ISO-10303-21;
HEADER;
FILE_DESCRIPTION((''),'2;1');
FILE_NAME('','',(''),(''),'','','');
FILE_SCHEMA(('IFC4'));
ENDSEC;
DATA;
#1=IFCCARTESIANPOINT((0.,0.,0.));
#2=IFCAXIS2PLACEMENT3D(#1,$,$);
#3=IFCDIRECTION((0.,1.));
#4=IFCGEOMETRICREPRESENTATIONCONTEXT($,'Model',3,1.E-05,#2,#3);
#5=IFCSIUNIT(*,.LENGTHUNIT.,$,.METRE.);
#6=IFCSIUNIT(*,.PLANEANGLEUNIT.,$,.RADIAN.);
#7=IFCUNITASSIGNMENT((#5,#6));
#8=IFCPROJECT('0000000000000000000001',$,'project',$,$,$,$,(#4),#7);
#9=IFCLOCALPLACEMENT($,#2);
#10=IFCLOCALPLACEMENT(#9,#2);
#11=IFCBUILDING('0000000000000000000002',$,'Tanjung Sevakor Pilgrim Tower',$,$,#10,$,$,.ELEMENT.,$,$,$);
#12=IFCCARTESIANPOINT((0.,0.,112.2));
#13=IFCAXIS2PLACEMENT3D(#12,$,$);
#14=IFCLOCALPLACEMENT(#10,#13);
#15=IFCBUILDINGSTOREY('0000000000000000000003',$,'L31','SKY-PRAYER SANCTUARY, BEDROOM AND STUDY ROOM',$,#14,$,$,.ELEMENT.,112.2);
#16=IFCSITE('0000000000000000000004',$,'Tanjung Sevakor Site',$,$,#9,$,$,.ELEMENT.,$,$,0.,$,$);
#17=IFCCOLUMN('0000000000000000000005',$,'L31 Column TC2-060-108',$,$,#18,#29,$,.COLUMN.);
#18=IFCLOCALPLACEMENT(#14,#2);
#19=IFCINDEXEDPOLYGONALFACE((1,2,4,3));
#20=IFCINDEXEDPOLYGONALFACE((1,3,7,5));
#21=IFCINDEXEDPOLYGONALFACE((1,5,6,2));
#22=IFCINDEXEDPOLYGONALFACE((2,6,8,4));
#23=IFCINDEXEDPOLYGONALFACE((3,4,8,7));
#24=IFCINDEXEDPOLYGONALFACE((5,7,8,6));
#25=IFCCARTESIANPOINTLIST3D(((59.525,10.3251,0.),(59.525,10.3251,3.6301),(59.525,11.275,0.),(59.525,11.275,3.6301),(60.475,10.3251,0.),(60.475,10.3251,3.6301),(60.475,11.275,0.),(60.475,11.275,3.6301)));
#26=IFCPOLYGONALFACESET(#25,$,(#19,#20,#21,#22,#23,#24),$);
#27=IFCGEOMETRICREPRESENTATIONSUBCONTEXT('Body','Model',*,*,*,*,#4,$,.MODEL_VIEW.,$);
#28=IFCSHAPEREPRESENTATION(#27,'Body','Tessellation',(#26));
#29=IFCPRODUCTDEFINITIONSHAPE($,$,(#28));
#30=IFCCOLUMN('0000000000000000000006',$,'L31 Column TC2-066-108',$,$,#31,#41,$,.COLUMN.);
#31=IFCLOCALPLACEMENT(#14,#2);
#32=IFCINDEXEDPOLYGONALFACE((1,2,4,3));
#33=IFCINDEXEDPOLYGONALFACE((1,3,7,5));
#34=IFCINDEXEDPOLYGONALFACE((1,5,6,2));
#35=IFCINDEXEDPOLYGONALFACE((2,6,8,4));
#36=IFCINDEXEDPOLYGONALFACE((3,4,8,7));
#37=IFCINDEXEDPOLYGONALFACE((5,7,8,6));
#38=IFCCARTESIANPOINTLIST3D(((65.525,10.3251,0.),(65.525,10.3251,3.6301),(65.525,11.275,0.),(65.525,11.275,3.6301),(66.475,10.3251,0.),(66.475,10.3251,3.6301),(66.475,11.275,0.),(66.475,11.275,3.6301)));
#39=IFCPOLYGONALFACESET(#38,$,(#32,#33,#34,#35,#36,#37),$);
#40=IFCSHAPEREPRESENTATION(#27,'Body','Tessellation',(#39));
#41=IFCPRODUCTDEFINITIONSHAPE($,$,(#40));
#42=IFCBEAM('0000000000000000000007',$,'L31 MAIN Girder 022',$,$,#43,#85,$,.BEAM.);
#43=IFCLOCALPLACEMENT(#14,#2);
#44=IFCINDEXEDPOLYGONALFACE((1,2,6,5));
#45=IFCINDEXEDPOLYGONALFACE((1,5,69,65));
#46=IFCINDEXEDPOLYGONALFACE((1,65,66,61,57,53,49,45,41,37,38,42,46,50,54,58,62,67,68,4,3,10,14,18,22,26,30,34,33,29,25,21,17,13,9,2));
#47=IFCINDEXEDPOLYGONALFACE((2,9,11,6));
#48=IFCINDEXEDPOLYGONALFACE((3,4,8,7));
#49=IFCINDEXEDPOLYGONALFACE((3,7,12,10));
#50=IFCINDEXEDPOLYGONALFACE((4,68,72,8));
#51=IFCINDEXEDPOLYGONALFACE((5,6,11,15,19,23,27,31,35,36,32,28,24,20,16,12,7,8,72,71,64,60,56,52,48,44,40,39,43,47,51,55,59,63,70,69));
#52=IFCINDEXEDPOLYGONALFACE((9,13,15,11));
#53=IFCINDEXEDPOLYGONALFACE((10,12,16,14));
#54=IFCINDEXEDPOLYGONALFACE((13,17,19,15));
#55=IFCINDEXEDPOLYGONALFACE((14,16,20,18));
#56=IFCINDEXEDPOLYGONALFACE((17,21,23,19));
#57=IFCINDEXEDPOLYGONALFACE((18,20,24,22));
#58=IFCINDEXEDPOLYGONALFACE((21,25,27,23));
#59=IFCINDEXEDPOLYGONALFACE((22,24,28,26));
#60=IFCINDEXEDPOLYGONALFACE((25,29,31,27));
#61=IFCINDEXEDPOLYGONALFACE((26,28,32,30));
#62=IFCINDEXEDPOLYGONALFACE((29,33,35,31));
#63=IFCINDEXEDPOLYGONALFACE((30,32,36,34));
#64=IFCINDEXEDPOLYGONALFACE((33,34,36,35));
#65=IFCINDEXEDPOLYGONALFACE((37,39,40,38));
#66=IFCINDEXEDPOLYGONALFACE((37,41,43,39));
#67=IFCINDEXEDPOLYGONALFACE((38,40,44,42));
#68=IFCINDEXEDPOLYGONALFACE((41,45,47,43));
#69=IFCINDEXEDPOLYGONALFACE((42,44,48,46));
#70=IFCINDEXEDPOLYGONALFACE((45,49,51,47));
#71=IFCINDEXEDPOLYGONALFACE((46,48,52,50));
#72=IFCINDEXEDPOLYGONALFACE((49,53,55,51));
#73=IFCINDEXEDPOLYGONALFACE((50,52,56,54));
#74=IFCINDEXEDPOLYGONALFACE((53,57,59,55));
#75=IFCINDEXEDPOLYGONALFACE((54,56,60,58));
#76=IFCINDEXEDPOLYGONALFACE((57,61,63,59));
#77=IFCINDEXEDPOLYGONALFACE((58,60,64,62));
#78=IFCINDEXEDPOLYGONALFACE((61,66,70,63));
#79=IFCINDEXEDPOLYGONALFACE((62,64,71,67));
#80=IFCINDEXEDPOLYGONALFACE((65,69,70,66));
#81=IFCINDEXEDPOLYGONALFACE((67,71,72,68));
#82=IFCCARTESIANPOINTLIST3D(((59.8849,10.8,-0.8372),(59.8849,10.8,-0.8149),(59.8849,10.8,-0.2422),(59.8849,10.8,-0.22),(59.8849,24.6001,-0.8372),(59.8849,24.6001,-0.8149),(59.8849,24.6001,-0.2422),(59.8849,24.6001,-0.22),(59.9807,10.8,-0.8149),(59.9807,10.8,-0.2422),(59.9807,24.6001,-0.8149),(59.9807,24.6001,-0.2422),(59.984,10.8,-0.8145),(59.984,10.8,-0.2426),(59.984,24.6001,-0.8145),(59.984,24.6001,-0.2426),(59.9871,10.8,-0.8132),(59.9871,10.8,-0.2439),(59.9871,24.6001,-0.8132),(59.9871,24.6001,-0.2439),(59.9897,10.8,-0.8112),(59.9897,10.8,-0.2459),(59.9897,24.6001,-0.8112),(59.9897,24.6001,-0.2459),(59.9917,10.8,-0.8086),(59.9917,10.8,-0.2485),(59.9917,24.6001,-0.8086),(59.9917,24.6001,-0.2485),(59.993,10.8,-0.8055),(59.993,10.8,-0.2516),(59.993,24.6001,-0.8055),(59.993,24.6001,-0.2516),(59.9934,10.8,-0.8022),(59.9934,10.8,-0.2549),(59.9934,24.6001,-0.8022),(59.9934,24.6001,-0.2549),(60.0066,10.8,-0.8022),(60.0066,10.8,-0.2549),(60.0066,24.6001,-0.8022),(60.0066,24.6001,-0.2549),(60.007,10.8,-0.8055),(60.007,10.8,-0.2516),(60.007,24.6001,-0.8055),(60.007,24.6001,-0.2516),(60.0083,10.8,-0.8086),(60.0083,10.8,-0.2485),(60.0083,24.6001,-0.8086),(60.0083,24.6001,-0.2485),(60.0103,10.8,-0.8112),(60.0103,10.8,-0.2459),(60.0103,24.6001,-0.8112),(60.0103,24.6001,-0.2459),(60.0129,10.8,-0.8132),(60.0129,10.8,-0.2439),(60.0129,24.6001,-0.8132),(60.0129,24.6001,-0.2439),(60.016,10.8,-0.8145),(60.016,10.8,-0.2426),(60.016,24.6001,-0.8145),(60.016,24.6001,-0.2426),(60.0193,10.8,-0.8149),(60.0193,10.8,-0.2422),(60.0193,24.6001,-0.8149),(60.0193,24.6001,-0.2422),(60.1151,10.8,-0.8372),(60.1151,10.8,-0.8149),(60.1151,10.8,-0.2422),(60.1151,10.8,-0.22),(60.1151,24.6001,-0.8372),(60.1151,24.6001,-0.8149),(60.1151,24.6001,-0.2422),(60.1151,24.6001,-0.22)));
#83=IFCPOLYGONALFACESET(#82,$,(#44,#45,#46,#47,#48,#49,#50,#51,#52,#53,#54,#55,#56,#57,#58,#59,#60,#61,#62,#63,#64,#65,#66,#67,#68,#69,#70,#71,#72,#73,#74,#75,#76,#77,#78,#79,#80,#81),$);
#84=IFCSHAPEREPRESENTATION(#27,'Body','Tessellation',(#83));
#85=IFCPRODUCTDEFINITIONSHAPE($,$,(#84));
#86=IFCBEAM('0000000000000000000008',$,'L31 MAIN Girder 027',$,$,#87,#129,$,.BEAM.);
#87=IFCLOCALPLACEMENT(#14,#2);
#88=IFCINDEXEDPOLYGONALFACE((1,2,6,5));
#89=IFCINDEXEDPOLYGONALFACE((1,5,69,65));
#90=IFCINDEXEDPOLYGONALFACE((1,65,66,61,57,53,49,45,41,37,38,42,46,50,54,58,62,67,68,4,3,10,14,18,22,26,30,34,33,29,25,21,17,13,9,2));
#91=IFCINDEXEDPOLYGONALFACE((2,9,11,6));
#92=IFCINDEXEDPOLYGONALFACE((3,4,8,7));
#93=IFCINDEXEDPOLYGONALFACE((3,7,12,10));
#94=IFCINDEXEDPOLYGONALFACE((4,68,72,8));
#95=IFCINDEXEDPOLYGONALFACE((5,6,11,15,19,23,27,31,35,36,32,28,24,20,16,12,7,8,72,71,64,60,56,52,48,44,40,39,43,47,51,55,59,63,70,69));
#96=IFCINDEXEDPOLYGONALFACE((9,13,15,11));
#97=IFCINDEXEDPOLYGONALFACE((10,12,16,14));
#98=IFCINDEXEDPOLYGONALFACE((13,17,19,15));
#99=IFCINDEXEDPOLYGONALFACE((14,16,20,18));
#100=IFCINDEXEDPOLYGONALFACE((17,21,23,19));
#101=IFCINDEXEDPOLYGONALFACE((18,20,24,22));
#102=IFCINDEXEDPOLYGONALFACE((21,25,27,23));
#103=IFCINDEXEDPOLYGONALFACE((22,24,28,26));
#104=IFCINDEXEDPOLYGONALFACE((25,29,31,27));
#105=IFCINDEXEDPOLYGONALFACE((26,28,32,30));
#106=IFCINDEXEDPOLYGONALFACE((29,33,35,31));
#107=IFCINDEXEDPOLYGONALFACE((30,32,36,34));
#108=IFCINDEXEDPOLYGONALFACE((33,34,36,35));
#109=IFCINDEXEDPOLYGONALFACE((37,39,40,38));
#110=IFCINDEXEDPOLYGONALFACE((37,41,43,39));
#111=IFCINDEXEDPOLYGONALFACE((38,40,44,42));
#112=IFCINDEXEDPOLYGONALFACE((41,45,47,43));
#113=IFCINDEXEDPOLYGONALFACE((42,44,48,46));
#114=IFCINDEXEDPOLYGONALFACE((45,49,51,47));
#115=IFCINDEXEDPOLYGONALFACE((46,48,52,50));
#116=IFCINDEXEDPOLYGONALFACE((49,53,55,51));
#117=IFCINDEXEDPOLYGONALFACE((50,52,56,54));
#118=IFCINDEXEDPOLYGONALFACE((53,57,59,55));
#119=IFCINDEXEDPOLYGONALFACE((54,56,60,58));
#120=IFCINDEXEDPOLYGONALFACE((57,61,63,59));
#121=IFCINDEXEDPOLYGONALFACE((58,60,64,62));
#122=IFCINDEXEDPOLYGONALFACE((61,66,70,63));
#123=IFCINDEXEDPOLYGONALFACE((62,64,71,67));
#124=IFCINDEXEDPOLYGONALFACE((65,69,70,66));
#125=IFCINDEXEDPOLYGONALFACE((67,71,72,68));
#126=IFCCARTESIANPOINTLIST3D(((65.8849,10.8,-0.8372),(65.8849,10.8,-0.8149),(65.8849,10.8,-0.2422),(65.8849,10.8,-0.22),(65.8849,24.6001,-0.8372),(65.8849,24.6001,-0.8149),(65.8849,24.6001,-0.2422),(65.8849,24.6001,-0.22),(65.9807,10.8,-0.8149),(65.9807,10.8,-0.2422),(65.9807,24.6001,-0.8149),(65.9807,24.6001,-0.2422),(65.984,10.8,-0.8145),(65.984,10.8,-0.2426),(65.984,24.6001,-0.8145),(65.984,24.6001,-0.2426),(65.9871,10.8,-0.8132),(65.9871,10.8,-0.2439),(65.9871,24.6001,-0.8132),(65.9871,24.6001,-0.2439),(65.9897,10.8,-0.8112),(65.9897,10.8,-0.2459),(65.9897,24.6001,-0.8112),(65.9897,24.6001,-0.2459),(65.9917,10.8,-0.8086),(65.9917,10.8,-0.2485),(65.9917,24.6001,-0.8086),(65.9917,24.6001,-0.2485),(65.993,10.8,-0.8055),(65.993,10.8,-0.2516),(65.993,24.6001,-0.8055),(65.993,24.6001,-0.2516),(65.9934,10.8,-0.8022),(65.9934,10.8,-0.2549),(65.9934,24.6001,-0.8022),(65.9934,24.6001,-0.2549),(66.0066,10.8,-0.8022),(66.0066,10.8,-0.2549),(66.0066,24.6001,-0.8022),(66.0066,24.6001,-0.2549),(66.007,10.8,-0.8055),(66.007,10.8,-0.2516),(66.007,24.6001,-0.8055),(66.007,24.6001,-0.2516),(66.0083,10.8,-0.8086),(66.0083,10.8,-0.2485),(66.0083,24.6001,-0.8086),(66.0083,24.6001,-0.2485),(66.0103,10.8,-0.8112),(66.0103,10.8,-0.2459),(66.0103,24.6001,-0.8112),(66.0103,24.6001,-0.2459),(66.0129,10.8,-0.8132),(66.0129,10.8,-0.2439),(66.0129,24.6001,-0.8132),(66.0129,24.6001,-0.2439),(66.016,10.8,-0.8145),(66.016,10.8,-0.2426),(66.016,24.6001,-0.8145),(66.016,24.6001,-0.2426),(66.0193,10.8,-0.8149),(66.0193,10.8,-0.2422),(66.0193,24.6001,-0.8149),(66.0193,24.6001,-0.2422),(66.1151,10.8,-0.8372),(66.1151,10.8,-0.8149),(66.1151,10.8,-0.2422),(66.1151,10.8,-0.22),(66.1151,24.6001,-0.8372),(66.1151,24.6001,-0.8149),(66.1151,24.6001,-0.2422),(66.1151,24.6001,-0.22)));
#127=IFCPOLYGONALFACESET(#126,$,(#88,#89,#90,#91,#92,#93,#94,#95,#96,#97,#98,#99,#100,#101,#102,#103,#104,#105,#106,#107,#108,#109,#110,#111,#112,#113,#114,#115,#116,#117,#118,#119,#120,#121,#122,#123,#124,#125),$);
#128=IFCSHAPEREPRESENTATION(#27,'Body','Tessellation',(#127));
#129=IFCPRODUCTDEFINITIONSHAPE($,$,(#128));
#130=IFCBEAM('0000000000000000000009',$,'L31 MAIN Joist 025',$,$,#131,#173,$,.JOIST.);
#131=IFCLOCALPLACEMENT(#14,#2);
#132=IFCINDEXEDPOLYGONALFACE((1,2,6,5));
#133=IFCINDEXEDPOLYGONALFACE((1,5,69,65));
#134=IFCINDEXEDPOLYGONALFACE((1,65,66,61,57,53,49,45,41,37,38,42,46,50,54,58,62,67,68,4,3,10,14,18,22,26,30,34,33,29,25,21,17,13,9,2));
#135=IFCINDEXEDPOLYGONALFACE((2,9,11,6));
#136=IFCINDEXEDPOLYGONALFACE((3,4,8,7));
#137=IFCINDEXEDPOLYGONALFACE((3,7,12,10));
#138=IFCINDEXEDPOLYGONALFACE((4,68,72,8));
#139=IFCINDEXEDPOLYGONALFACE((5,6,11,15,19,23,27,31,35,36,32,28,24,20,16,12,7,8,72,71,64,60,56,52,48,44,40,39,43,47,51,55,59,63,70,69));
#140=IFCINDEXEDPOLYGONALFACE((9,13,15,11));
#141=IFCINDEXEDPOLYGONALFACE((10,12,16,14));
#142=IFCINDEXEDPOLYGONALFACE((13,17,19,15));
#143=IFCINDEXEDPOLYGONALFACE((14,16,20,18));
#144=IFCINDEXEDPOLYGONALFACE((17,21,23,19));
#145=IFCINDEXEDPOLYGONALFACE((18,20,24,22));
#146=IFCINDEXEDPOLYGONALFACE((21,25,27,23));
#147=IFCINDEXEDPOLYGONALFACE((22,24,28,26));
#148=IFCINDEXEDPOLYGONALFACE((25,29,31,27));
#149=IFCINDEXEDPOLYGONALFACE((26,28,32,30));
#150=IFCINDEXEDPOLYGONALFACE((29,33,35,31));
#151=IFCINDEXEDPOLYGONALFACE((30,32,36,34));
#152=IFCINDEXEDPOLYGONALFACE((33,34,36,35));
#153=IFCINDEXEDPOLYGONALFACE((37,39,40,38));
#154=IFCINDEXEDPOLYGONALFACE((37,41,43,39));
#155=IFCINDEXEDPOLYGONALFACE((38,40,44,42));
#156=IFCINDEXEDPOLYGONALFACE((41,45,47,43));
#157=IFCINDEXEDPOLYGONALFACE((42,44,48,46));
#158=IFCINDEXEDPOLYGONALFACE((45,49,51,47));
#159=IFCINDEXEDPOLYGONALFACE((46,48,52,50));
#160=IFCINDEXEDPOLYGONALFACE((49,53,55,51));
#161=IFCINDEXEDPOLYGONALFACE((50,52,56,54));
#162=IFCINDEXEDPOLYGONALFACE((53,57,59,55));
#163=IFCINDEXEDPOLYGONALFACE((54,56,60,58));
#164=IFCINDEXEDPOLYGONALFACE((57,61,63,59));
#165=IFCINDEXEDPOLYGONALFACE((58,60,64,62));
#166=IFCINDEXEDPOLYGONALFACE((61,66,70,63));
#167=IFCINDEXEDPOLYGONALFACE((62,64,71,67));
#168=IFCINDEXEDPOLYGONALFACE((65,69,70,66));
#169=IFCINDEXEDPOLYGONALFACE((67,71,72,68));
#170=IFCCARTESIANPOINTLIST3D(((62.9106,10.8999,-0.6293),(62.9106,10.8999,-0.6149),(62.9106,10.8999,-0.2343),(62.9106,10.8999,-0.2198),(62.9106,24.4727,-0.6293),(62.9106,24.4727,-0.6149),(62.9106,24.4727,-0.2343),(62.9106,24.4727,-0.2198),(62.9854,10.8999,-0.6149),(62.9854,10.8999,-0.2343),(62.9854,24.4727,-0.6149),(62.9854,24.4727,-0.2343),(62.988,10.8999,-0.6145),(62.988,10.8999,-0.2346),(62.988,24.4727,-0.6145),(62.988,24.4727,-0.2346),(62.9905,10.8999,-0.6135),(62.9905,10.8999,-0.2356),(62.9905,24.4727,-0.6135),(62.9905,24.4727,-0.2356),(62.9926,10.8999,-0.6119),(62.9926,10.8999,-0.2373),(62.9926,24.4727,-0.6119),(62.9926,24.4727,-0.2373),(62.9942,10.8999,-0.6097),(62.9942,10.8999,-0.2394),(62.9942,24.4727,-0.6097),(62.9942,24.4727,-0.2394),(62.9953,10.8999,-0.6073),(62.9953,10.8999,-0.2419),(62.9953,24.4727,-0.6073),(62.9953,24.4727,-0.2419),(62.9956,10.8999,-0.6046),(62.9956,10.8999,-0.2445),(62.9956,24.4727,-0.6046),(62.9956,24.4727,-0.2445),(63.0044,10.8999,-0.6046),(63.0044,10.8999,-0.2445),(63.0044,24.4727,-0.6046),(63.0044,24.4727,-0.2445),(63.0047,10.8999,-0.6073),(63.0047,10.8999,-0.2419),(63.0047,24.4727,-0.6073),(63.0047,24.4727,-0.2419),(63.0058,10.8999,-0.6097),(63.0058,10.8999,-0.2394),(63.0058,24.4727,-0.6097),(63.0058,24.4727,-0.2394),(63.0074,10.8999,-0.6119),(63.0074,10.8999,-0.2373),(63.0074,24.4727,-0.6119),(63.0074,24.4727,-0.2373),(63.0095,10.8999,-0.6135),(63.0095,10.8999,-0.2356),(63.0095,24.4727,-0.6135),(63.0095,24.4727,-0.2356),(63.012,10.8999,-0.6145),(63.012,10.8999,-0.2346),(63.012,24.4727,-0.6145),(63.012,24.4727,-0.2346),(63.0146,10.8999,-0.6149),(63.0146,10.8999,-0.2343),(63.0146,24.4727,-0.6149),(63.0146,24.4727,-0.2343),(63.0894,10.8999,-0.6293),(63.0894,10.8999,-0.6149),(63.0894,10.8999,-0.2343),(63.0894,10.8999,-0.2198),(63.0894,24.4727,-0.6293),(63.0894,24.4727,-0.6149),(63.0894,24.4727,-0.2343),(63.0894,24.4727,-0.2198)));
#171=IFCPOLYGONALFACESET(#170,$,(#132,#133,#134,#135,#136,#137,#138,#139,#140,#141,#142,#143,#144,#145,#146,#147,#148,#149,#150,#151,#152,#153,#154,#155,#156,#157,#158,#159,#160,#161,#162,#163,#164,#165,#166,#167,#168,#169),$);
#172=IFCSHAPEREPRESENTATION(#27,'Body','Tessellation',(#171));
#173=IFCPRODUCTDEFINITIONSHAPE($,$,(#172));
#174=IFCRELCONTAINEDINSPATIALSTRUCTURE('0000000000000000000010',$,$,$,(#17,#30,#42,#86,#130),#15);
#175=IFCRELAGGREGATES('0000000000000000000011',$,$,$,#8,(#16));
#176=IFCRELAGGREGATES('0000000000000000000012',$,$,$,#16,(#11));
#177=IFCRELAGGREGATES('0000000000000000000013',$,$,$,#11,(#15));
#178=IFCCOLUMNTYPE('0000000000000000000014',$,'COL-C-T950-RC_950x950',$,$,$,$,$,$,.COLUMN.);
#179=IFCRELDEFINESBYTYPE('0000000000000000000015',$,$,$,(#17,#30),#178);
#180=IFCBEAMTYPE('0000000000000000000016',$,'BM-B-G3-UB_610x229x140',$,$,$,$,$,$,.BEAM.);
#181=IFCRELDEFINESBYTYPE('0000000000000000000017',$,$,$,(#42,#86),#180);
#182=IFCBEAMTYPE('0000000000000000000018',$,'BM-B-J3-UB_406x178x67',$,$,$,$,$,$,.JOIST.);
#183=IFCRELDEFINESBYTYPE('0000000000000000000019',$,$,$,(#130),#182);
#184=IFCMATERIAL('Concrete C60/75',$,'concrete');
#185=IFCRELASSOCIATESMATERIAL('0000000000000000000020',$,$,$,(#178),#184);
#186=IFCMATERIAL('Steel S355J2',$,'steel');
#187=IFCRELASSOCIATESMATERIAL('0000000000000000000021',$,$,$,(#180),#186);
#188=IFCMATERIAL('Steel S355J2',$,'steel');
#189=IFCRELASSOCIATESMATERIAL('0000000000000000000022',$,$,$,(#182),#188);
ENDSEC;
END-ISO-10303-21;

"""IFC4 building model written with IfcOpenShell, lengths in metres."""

from ifc_helpers import new_model, si_unit, direction, frame, origin, origin_2d, place, context, subcontext, project, spatial, rectangle, i_section, extrude, material, material_profile, profile_set, type_object, element, save


model = new_model("IFC4")

# Units and contexts
model_context = context("Model", 3, precision=1e-05, world=origin(), true_north=direction((0.0, 1.0)))
body_context = subcontext(model_context, "Body", "Model", "MODEL_VIEW")
ifc_project = project(units=[si_unit("LENGTHUNIT", "METRE"), si_unit("PLANEANGLEUNIT", "RADIAN")], contexts=[model_context])

# Site, building, storey
site_placement = place(None, origin())
site = spatial("IfcSite", under=ifc_project, at=site_placement, Name="Tanjung Sevakor Site", CompositionType="ELEMENT", RefElevation=0.0)
building_placement = place(site_placement, origin())
building = spatial("IfcBuilding", under=site, at=building_placement, Name="Tanjung Sevakor Pilgrim Tower", CompositionType="ELEMENT")
storey_placement = place(building_placement, frame((0.0, 0.0, 112.2)))
storey = spatial("IfcBuildingStorey", under=building, at=storey_placement, Name="L31", Description="SKY-PRAYER SANCTUARY, BEDROOM AND STUDY ROOM", CompositionType="ELEMENT", Elevation=112.2)

# Columns
ifc_material_1 = material(Name="Concrete C60/75", Category="concrete")
ifc_material_profile_1 = material_profile(ifc_material_1, rectangle(XDim=0.95, YDim=0.95, at=origin_2d()))
ifc_profile_set_1 = profile_set([ifc_material_profile_1], Name="Concrete C60/75")
column_type = type_object("IfcColumnType", Name="COL-C-T950-RC_950x950", PredefinedType="COLUMN", material=ifc_profile_set_1)
for number, where, z_axis, x_axis, name in (
    (1, (60.0, 10.8, 0.0), (0.0, 0.0, 1.0), (1.0, 0.0, 0.0), "L31 Column TC2-060-108"),
    (2, (66.0, 10.8, 0.0), (0.0, 0.0, 1.0), (1.0, 0.0, 0.0), "L31 Column TC2-066-108"),
):
    element("IfcColumn", number, at=place(storey_placement, frame(where, z_axis=z_axis, x_axis=x_axis)), inside=storey, type_object=column_type, Name=name, PredefinedType="COLUMN", context=body_context, shape_type="SweptSolid", body=[
        extrude(rectangle(XDim=0.95, YDim=0.95, at=origin_2d()), origin(), (0.0, 0.0, 1.0), 3.6301),
    ])

# Beams
ifc_material_2 = material(Name="Steel S355J2", Category="steel")
ifc_material_profile_2 = material_profile(ifc_material_2, i_section(OverallWidth=0.2302, OverallDepth=0.6172, WebThickness=0.0132, FlangeThickness=0.0222, FilletRadius=0.0127, at=origin_2d()))
ifc_profile_set_2 = profile_set([ifc_material_profile_2], Name="Steel S355J2")
beam_type_1 = type_object("IfcBeamType", Name="BM-B-G3-UB_610x229x140", PredefinedType="BEAM", material=ifc_profile_set_2)
for number, where, z_axis, x_axis, name in (
    (3, (60.0, 10.8, -0.5286), (0.0, 1.0, 0.0), (-1.0, 0.0, 0.0), "L31 MAIN Girder 022"),
    (4, (66.0, 10.8, -0.5286), (0.0, 1.0, 0.0), (-1.0, 0.0, 0.0), "L31 MAIN Girder 027"),
):
    element("IfcBeam", number, at=place(storey_placement, frame(where, z_axis=z_axis, x_axis=x_axis)), inside=storey, type_object=beam_type_1, Name=name, PredefinedType="BEAM", context=body_context, shape_type="SweptSolid", body=[
        extrude(i_section(OverallWidth=0.2302, OverallDepth=0.6172, WebThickness=0.0132, FlangeThickness=0.0222, FilletRadius=0.0127, at=origin_2d()), origin(), (0.0, 0.0, 1.0), 13.8),
    ])
ifc_material_3 = material(Name="Steel S355J2", Category="steel")
ifc_material_profile_3 = material_profile(ifc_material_3, i_section(OverallWidth=0.1787, OverallDepth=0.4094, WebThickness=0.0088, FlangeThickness=0.0144, FilletRadius=0.0103, at=origin_2d()))
ifc_profile_set_3 = profile_set([ifc_material_profile_3], Name="Steel S355J2")
beam_type_2 = type_object("IfcBeamType", Name="BM-B-J3-UB_406x178x67", PredefinedType="JOIST", material=ifc_profile_set_3)
for number, where, z_axis, x_axis, name in (
    (5, (63.0, 10.8999, -0.4246), (0.0, 1.0, 0.0), (-1.0, 0.0, 0.0), "L31 MAIN Joist 025"),
):
    element("IfcBeam", number, at=place(storey_placement, frame(where, z_axis=z_axis, x_axis=x_axis)), inside=storey, type_object=beam_type_2, Name=name, PredefinedType="JOIST", context=body_context, shape_type="SweptSolid", body=[
        extrude(i_section(OverallWidth=0.1787, OverallDepth=0.4094, WebThickness=0.0088, FlangeThickness=0.0144, FilletRadius=0.0103, at=origin_2d()), origin(), (0.0, 0.0, 1.0), 13.5728),
    ])

save(model, "model.ifc")
